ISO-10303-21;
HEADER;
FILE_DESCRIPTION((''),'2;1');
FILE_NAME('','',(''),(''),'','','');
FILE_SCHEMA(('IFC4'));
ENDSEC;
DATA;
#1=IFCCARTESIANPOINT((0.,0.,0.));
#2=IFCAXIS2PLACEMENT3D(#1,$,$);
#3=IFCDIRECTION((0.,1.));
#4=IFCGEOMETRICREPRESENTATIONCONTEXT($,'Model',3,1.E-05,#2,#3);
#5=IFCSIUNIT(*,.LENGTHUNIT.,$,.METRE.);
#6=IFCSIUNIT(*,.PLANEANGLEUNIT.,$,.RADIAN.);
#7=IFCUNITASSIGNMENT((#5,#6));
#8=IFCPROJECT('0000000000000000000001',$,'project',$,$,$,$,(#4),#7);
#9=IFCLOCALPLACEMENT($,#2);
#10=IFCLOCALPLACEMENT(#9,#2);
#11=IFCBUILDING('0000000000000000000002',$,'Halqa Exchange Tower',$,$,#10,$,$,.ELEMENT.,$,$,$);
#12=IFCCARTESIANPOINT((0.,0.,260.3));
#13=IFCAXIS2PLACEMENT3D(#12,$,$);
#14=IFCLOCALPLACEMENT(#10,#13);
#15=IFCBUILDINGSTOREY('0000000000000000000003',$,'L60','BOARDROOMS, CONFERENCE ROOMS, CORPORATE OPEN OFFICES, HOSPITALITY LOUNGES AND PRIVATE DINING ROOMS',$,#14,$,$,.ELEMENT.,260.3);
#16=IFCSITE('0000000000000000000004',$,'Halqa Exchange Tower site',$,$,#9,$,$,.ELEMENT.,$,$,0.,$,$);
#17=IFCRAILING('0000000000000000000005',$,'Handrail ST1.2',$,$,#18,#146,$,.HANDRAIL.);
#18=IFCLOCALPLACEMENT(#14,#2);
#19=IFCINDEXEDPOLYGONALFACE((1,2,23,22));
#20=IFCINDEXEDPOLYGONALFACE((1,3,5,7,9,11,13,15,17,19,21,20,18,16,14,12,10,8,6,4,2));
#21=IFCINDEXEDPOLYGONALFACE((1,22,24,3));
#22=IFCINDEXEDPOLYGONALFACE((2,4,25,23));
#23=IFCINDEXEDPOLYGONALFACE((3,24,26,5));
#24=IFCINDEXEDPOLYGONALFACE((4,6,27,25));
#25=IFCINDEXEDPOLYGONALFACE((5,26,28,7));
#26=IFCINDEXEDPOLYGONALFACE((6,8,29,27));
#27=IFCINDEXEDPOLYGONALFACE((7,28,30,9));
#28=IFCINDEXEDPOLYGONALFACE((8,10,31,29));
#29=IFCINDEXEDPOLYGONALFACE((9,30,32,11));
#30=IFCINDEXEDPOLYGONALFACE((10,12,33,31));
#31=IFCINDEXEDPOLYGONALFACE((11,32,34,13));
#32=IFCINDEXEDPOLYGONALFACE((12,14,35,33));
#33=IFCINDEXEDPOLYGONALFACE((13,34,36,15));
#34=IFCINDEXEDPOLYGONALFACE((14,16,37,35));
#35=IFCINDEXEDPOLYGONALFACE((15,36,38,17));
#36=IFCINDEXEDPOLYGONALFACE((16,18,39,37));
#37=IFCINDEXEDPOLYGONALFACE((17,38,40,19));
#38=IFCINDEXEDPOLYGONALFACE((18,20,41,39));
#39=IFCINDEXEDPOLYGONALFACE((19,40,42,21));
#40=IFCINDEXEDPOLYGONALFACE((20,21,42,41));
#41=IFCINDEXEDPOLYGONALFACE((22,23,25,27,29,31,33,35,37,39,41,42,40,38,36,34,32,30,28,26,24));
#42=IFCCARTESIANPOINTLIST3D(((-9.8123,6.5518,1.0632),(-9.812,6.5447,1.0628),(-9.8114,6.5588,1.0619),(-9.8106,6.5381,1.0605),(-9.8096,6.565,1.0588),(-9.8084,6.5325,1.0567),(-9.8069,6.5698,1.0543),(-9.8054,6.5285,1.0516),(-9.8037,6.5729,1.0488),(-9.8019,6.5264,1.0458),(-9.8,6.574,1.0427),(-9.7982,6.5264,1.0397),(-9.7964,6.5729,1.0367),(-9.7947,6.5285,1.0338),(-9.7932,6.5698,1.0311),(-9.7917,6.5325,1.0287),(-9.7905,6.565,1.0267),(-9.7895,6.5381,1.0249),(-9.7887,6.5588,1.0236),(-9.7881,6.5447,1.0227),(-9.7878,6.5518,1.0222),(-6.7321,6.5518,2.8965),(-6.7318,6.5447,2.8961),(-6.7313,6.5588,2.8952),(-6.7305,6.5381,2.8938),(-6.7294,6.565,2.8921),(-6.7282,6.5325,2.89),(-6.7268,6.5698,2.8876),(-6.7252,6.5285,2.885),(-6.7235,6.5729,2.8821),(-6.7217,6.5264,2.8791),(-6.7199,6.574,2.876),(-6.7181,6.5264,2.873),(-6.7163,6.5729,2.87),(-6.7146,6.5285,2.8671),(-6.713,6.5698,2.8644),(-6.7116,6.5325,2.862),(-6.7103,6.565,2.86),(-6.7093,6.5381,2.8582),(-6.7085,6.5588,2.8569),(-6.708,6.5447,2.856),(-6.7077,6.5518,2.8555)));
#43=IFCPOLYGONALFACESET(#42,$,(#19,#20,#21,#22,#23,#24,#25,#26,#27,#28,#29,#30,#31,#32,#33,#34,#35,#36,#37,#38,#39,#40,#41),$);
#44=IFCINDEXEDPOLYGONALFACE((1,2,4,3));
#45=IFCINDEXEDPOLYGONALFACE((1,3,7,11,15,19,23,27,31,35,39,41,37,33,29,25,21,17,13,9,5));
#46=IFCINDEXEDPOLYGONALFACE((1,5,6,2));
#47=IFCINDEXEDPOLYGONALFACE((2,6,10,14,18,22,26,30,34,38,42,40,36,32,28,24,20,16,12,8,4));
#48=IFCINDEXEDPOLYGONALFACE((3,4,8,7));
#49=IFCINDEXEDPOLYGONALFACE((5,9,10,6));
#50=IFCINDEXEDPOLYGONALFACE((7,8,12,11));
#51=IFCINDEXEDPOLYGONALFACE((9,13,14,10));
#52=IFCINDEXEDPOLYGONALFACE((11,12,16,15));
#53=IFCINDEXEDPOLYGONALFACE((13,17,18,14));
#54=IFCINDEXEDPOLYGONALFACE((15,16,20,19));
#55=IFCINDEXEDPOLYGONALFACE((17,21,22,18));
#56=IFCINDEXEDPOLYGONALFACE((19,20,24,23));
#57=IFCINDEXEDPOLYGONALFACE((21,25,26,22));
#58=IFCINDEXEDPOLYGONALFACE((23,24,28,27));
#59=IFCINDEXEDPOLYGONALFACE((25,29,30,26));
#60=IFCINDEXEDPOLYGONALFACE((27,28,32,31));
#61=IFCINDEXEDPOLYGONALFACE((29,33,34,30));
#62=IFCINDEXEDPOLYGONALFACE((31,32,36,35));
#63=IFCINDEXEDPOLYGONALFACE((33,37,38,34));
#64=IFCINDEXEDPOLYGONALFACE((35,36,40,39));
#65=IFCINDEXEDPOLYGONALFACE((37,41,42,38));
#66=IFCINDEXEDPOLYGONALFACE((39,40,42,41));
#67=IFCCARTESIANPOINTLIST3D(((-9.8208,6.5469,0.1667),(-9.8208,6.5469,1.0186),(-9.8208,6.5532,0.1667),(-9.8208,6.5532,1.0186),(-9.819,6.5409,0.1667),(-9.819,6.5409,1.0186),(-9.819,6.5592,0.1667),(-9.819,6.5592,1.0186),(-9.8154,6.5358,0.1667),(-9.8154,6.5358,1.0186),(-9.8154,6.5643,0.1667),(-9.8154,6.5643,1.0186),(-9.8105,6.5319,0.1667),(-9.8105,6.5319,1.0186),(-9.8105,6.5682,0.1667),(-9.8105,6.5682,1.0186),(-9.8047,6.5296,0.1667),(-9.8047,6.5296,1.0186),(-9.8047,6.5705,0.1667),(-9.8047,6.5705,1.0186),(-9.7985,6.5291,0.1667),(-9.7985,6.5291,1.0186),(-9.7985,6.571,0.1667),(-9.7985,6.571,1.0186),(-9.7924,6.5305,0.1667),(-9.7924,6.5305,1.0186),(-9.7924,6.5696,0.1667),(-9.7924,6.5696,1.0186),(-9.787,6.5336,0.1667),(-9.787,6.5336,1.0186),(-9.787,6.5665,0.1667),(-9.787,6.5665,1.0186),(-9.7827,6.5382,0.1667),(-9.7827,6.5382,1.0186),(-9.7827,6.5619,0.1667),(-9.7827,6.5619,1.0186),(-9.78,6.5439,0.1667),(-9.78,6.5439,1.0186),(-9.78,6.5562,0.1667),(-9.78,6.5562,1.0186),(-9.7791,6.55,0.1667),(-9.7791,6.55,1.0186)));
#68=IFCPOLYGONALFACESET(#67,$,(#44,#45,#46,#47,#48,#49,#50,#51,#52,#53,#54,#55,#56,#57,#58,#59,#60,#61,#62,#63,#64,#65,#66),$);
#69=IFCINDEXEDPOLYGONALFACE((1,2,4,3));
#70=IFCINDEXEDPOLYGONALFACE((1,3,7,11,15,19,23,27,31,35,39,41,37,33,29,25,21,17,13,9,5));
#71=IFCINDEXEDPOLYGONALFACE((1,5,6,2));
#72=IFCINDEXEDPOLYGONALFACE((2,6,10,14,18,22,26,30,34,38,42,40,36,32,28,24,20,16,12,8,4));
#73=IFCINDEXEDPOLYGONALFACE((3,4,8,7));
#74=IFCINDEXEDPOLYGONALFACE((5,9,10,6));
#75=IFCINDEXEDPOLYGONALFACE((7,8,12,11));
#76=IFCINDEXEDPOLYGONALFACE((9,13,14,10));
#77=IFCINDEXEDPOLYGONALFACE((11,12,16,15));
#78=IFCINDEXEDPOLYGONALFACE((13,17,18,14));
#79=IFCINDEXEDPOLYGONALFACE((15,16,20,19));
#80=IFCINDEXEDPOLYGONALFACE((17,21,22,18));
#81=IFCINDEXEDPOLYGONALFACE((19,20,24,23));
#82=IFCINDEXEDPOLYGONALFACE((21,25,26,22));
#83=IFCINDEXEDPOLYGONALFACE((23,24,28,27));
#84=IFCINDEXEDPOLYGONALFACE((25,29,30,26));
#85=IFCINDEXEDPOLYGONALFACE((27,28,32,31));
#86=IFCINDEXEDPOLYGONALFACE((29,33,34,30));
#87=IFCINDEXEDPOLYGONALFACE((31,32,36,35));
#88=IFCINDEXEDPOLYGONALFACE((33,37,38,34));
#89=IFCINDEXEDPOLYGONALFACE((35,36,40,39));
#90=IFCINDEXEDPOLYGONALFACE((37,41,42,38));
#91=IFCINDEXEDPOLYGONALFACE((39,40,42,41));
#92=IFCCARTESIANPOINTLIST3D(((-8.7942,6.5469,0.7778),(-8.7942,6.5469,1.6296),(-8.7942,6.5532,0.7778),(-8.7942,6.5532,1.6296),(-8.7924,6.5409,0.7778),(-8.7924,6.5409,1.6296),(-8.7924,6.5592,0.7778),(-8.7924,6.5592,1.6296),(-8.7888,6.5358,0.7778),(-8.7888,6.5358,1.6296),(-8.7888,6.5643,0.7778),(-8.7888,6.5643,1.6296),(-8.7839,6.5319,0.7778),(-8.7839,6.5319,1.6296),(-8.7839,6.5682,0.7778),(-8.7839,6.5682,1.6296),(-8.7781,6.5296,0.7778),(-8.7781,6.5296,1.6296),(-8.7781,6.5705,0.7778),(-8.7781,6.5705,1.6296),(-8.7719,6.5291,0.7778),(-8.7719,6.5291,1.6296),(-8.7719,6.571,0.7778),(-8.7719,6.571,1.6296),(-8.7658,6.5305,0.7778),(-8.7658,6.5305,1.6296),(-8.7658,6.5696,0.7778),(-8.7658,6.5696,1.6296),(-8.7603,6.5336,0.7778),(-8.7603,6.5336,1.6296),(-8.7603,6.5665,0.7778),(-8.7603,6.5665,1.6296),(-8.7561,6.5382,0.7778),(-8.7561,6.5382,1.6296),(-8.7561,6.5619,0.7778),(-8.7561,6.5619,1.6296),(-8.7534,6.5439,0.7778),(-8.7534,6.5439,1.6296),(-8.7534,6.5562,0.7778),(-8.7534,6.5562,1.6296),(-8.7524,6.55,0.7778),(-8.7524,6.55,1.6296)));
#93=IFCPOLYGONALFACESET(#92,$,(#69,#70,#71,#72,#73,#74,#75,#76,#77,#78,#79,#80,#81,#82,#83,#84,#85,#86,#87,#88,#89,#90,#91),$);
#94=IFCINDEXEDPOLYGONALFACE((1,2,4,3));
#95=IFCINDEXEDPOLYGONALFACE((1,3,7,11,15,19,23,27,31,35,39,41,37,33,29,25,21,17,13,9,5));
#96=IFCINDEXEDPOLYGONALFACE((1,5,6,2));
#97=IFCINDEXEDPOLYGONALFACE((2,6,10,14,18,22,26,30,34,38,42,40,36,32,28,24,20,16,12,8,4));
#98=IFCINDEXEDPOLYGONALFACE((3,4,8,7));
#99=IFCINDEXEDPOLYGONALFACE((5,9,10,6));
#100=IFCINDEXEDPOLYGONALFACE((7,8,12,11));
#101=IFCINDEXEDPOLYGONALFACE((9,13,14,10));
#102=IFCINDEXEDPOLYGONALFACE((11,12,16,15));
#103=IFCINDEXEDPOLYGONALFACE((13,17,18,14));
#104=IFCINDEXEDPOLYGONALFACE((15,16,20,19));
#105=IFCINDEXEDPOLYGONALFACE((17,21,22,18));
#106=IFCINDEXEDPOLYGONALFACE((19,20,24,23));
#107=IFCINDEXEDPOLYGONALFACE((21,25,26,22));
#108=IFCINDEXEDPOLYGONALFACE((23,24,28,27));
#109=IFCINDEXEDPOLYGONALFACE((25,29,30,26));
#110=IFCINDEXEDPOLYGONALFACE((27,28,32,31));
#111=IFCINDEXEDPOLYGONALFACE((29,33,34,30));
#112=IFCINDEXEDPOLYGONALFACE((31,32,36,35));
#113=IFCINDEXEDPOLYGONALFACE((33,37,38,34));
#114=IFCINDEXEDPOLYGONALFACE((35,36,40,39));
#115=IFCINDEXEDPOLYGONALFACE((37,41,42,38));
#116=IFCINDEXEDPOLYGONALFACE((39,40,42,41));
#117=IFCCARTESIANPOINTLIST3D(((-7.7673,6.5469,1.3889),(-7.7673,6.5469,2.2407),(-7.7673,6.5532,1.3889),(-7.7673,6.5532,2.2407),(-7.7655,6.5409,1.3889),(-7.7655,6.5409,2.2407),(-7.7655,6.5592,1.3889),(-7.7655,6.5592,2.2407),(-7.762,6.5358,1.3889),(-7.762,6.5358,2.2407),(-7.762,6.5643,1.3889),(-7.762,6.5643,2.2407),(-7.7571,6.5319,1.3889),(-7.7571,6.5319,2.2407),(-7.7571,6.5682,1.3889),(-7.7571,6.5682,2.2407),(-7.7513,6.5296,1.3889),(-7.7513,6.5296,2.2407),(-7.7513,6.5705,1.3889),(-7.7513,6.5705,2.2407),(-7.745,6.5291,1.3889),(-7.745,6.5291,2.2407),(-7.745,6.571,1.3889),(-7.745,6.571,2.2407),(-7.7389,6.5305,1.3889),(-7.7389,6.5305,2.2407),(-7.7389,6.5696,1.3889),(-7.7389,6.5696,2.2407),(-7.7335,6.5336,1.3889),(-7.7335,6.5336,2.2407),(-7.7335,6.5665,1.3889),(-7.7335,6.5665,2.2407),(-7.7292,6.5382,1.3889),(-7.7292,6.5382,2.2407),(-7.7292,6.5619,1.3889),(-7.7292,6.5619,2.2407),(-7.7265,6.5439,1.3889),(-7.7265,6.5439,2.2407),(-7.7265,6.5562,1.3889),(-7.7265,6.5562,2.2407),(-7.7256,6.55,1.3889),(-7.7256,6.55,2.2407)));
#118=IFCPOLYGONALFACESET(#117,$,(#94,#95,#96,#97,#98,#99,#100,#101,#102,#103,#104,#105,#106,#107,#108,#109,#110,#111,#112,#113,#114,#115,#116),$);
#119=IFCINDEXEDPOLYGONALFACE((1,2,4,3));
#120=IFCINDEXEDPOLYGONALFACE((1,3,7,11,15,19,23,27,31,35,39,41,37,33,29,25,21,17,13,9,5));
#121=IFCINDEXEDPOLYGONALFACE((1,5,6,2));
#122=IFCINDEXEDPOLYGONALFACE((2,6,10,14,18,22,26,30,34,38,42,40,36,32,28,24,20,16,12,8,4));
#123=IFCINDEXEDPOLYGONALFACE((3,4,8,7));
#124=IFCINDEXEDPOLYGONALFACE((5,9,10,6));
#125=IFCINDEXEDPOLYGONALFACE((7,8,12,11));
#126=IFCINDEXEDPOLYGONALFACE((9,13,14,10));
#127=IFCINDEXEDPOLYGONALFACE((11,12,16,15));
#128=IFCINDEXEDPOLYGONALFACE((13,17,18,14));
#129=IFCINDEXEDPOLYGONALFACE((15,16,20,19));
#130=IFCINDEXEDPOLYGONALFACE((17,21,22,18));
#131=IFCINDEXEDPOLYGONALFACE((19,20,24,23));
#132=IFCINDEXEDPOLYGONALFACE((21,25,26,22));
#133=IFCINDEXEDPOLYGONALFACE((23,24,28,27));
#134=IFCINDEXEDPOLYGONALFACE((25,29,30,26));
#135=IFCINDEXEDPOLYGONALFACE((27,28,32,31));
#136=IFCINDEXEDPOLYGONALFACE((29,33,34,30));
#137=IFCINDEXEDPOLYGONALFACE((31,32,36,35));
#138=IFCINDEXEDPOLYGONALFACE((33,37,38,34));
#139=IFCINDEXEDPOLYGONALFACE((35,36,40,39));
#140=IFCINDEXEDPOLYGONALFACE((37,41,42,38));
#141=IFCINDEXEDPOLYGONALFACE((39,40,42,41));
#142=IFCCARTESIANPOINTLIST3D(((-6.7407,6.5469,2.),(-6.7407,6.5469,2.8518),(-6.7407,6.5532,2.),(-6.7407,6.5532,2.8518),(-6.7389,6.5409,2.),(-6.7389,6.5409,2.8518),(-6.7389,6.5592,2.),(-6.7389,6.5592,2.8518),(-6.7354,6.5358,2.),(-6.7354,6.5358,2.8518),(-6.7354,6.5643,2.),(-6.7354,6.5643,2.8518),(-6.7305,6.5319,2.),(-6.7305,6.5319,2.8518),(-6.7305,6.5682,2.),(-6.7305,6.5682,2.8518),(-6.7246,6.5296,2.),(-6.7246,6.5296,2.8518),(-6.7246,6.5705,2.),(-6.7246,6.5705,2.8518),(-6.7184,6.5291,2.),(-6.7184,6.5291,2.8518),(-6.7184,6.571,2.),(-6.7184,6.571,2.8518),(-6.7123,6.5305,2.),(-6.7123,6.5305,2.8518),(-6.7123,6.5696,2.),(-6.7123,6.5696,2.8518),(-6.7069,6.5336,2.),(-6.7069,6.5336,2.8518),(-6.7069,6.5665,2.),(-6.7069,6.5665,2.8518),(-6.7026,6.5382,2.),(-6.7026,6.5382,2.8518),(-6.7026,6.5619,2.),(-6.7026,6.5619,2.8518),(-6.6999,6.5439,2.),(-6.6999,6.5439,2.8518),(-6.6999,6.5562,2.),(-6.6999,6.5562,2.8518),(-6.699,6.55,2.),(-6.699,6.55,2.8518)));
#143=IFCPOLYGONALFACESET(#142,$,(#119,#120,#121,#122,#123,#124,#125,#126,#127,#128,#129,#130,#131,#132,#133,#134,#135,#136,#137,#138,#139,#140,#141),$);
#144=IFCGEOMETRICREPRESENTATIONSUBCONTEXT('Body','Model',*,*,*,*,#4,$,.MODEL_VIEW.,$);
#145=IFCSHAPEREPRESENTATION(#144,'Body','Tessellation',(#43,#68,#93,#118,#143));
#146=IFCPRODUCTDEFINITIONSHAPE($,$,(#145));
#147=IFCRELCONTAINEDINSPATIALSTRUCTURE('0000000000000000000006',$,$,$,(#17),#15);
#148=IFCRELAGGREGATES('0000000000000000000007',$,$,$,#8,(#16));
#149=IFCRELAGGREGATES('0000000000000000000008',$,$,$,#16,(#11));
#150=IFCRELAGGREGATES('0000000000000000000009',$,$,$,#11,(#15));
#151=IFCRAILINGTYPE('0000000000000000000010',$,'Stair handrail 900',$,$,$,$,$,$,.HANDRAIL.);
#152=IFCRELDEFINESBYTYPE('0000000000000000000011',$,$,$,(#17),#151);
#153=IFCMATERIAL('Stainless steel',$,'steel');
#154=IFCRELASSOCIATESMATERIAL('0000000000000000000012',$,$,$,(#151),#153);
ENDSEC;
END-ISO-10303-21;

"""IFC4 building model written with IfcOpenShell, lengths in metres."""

from ifc_helpers import new_model, si_unit, direction, frame, origin, origin_2d, place, context, subcontext, project, spatial, circle, extrude, material, type_object, element, save


model = new_model("IFC4")

# Units and contexts
model_context = context("Model", 3, precision=1e-05, world=origin(), true_north=direction((0.0, 1.0)))
body_context = subcontext(model_context, "Body", "Model", "MODEL_VIEW")
ifc_project = project(units=[si_unit("LENGTHUNIT", "METRE"), si_unit("PLANEANGLEUNIT", "RADIAN")], contexts=[model_context])

# Site, building, storey
site_placement = place(None, origin())
site = spatial("IfcSite", under=ifc_project, at=site_placement, Name="Halqa Exchange Tower site", CompositionType="ELEMENT", RefElevation=0.0)
building_placement = place(site_placement, origin())
building = spatial("IfcBuilding", under=site, at=building_placement, Name="Halqa Exchange Tower", CompositionType="ELEMENT")
storey_placement = place(building_placement, frame((0.0, 0.0, 260.3)))
storey = spatial("IfcBuildingStorey", under=building, at=storey_placement, Name="L60", Description="BOARDROOMS, CONFERENCE ROOMS, CORPORATE OPEN OFFICES, HOSPITALITY LOUNGES AND PRIVATE DINING ROOMS", CompositionType="ELEMENT", Elevation=260.3)

# Shared definitions
ifc_material_1 = material(Name="Stainless steel", Category="steel")

# Railing
railing_type_1 = type_object("IfcRailingType", Name="Stair handrail 900", PredefinedType="HANDRAIL", material=ifc_material_1)
railing_1_placement = place(storey_placement, frame((-9.8, 6.55, 0.1667)))
element("IfcRailing", 1, at=railing_1_placement, inside=storey, type_object=railing_type_1, Name="Handrail ST1.2", PredefinedType="HANDRAIL", context=body_context, shape_type="SweptSolid", body=[
    extrude(circle(Radius=0.0239, at=origin_2d()), frame((0.0, 0.0, 0.876), z_axis=(0.859309, 0.0, 0.511458), x_axis=(0.0, 1.0, 0.0)), (0.0, 0.0, 1.0), 3.5845),
    extrude(circle(Radius=0.021, at=origin_2d()), origin(), (0.0, 0.0, 1.0), 0.8518),
    extrude(circle(Radius=0.021, at=origin_2d()), frame((1.0266, 0.0, 0.6111)), (0.0, 0.0, 1.0), 0.8518),
    extrude(circle(Radius=0.021, at=origin_2d()), frame((2.0535, 0.0, 1.2222)), (0.0, 0.0, 1.0), 0.8518),
    extrude(circle(Radius=0.021, at=origin_2d()), frame((3.0801, 0.0, 1.8333)), (0.0, 0.0, 1.0), 0.8518),
])

save(model, "model.ifc")
